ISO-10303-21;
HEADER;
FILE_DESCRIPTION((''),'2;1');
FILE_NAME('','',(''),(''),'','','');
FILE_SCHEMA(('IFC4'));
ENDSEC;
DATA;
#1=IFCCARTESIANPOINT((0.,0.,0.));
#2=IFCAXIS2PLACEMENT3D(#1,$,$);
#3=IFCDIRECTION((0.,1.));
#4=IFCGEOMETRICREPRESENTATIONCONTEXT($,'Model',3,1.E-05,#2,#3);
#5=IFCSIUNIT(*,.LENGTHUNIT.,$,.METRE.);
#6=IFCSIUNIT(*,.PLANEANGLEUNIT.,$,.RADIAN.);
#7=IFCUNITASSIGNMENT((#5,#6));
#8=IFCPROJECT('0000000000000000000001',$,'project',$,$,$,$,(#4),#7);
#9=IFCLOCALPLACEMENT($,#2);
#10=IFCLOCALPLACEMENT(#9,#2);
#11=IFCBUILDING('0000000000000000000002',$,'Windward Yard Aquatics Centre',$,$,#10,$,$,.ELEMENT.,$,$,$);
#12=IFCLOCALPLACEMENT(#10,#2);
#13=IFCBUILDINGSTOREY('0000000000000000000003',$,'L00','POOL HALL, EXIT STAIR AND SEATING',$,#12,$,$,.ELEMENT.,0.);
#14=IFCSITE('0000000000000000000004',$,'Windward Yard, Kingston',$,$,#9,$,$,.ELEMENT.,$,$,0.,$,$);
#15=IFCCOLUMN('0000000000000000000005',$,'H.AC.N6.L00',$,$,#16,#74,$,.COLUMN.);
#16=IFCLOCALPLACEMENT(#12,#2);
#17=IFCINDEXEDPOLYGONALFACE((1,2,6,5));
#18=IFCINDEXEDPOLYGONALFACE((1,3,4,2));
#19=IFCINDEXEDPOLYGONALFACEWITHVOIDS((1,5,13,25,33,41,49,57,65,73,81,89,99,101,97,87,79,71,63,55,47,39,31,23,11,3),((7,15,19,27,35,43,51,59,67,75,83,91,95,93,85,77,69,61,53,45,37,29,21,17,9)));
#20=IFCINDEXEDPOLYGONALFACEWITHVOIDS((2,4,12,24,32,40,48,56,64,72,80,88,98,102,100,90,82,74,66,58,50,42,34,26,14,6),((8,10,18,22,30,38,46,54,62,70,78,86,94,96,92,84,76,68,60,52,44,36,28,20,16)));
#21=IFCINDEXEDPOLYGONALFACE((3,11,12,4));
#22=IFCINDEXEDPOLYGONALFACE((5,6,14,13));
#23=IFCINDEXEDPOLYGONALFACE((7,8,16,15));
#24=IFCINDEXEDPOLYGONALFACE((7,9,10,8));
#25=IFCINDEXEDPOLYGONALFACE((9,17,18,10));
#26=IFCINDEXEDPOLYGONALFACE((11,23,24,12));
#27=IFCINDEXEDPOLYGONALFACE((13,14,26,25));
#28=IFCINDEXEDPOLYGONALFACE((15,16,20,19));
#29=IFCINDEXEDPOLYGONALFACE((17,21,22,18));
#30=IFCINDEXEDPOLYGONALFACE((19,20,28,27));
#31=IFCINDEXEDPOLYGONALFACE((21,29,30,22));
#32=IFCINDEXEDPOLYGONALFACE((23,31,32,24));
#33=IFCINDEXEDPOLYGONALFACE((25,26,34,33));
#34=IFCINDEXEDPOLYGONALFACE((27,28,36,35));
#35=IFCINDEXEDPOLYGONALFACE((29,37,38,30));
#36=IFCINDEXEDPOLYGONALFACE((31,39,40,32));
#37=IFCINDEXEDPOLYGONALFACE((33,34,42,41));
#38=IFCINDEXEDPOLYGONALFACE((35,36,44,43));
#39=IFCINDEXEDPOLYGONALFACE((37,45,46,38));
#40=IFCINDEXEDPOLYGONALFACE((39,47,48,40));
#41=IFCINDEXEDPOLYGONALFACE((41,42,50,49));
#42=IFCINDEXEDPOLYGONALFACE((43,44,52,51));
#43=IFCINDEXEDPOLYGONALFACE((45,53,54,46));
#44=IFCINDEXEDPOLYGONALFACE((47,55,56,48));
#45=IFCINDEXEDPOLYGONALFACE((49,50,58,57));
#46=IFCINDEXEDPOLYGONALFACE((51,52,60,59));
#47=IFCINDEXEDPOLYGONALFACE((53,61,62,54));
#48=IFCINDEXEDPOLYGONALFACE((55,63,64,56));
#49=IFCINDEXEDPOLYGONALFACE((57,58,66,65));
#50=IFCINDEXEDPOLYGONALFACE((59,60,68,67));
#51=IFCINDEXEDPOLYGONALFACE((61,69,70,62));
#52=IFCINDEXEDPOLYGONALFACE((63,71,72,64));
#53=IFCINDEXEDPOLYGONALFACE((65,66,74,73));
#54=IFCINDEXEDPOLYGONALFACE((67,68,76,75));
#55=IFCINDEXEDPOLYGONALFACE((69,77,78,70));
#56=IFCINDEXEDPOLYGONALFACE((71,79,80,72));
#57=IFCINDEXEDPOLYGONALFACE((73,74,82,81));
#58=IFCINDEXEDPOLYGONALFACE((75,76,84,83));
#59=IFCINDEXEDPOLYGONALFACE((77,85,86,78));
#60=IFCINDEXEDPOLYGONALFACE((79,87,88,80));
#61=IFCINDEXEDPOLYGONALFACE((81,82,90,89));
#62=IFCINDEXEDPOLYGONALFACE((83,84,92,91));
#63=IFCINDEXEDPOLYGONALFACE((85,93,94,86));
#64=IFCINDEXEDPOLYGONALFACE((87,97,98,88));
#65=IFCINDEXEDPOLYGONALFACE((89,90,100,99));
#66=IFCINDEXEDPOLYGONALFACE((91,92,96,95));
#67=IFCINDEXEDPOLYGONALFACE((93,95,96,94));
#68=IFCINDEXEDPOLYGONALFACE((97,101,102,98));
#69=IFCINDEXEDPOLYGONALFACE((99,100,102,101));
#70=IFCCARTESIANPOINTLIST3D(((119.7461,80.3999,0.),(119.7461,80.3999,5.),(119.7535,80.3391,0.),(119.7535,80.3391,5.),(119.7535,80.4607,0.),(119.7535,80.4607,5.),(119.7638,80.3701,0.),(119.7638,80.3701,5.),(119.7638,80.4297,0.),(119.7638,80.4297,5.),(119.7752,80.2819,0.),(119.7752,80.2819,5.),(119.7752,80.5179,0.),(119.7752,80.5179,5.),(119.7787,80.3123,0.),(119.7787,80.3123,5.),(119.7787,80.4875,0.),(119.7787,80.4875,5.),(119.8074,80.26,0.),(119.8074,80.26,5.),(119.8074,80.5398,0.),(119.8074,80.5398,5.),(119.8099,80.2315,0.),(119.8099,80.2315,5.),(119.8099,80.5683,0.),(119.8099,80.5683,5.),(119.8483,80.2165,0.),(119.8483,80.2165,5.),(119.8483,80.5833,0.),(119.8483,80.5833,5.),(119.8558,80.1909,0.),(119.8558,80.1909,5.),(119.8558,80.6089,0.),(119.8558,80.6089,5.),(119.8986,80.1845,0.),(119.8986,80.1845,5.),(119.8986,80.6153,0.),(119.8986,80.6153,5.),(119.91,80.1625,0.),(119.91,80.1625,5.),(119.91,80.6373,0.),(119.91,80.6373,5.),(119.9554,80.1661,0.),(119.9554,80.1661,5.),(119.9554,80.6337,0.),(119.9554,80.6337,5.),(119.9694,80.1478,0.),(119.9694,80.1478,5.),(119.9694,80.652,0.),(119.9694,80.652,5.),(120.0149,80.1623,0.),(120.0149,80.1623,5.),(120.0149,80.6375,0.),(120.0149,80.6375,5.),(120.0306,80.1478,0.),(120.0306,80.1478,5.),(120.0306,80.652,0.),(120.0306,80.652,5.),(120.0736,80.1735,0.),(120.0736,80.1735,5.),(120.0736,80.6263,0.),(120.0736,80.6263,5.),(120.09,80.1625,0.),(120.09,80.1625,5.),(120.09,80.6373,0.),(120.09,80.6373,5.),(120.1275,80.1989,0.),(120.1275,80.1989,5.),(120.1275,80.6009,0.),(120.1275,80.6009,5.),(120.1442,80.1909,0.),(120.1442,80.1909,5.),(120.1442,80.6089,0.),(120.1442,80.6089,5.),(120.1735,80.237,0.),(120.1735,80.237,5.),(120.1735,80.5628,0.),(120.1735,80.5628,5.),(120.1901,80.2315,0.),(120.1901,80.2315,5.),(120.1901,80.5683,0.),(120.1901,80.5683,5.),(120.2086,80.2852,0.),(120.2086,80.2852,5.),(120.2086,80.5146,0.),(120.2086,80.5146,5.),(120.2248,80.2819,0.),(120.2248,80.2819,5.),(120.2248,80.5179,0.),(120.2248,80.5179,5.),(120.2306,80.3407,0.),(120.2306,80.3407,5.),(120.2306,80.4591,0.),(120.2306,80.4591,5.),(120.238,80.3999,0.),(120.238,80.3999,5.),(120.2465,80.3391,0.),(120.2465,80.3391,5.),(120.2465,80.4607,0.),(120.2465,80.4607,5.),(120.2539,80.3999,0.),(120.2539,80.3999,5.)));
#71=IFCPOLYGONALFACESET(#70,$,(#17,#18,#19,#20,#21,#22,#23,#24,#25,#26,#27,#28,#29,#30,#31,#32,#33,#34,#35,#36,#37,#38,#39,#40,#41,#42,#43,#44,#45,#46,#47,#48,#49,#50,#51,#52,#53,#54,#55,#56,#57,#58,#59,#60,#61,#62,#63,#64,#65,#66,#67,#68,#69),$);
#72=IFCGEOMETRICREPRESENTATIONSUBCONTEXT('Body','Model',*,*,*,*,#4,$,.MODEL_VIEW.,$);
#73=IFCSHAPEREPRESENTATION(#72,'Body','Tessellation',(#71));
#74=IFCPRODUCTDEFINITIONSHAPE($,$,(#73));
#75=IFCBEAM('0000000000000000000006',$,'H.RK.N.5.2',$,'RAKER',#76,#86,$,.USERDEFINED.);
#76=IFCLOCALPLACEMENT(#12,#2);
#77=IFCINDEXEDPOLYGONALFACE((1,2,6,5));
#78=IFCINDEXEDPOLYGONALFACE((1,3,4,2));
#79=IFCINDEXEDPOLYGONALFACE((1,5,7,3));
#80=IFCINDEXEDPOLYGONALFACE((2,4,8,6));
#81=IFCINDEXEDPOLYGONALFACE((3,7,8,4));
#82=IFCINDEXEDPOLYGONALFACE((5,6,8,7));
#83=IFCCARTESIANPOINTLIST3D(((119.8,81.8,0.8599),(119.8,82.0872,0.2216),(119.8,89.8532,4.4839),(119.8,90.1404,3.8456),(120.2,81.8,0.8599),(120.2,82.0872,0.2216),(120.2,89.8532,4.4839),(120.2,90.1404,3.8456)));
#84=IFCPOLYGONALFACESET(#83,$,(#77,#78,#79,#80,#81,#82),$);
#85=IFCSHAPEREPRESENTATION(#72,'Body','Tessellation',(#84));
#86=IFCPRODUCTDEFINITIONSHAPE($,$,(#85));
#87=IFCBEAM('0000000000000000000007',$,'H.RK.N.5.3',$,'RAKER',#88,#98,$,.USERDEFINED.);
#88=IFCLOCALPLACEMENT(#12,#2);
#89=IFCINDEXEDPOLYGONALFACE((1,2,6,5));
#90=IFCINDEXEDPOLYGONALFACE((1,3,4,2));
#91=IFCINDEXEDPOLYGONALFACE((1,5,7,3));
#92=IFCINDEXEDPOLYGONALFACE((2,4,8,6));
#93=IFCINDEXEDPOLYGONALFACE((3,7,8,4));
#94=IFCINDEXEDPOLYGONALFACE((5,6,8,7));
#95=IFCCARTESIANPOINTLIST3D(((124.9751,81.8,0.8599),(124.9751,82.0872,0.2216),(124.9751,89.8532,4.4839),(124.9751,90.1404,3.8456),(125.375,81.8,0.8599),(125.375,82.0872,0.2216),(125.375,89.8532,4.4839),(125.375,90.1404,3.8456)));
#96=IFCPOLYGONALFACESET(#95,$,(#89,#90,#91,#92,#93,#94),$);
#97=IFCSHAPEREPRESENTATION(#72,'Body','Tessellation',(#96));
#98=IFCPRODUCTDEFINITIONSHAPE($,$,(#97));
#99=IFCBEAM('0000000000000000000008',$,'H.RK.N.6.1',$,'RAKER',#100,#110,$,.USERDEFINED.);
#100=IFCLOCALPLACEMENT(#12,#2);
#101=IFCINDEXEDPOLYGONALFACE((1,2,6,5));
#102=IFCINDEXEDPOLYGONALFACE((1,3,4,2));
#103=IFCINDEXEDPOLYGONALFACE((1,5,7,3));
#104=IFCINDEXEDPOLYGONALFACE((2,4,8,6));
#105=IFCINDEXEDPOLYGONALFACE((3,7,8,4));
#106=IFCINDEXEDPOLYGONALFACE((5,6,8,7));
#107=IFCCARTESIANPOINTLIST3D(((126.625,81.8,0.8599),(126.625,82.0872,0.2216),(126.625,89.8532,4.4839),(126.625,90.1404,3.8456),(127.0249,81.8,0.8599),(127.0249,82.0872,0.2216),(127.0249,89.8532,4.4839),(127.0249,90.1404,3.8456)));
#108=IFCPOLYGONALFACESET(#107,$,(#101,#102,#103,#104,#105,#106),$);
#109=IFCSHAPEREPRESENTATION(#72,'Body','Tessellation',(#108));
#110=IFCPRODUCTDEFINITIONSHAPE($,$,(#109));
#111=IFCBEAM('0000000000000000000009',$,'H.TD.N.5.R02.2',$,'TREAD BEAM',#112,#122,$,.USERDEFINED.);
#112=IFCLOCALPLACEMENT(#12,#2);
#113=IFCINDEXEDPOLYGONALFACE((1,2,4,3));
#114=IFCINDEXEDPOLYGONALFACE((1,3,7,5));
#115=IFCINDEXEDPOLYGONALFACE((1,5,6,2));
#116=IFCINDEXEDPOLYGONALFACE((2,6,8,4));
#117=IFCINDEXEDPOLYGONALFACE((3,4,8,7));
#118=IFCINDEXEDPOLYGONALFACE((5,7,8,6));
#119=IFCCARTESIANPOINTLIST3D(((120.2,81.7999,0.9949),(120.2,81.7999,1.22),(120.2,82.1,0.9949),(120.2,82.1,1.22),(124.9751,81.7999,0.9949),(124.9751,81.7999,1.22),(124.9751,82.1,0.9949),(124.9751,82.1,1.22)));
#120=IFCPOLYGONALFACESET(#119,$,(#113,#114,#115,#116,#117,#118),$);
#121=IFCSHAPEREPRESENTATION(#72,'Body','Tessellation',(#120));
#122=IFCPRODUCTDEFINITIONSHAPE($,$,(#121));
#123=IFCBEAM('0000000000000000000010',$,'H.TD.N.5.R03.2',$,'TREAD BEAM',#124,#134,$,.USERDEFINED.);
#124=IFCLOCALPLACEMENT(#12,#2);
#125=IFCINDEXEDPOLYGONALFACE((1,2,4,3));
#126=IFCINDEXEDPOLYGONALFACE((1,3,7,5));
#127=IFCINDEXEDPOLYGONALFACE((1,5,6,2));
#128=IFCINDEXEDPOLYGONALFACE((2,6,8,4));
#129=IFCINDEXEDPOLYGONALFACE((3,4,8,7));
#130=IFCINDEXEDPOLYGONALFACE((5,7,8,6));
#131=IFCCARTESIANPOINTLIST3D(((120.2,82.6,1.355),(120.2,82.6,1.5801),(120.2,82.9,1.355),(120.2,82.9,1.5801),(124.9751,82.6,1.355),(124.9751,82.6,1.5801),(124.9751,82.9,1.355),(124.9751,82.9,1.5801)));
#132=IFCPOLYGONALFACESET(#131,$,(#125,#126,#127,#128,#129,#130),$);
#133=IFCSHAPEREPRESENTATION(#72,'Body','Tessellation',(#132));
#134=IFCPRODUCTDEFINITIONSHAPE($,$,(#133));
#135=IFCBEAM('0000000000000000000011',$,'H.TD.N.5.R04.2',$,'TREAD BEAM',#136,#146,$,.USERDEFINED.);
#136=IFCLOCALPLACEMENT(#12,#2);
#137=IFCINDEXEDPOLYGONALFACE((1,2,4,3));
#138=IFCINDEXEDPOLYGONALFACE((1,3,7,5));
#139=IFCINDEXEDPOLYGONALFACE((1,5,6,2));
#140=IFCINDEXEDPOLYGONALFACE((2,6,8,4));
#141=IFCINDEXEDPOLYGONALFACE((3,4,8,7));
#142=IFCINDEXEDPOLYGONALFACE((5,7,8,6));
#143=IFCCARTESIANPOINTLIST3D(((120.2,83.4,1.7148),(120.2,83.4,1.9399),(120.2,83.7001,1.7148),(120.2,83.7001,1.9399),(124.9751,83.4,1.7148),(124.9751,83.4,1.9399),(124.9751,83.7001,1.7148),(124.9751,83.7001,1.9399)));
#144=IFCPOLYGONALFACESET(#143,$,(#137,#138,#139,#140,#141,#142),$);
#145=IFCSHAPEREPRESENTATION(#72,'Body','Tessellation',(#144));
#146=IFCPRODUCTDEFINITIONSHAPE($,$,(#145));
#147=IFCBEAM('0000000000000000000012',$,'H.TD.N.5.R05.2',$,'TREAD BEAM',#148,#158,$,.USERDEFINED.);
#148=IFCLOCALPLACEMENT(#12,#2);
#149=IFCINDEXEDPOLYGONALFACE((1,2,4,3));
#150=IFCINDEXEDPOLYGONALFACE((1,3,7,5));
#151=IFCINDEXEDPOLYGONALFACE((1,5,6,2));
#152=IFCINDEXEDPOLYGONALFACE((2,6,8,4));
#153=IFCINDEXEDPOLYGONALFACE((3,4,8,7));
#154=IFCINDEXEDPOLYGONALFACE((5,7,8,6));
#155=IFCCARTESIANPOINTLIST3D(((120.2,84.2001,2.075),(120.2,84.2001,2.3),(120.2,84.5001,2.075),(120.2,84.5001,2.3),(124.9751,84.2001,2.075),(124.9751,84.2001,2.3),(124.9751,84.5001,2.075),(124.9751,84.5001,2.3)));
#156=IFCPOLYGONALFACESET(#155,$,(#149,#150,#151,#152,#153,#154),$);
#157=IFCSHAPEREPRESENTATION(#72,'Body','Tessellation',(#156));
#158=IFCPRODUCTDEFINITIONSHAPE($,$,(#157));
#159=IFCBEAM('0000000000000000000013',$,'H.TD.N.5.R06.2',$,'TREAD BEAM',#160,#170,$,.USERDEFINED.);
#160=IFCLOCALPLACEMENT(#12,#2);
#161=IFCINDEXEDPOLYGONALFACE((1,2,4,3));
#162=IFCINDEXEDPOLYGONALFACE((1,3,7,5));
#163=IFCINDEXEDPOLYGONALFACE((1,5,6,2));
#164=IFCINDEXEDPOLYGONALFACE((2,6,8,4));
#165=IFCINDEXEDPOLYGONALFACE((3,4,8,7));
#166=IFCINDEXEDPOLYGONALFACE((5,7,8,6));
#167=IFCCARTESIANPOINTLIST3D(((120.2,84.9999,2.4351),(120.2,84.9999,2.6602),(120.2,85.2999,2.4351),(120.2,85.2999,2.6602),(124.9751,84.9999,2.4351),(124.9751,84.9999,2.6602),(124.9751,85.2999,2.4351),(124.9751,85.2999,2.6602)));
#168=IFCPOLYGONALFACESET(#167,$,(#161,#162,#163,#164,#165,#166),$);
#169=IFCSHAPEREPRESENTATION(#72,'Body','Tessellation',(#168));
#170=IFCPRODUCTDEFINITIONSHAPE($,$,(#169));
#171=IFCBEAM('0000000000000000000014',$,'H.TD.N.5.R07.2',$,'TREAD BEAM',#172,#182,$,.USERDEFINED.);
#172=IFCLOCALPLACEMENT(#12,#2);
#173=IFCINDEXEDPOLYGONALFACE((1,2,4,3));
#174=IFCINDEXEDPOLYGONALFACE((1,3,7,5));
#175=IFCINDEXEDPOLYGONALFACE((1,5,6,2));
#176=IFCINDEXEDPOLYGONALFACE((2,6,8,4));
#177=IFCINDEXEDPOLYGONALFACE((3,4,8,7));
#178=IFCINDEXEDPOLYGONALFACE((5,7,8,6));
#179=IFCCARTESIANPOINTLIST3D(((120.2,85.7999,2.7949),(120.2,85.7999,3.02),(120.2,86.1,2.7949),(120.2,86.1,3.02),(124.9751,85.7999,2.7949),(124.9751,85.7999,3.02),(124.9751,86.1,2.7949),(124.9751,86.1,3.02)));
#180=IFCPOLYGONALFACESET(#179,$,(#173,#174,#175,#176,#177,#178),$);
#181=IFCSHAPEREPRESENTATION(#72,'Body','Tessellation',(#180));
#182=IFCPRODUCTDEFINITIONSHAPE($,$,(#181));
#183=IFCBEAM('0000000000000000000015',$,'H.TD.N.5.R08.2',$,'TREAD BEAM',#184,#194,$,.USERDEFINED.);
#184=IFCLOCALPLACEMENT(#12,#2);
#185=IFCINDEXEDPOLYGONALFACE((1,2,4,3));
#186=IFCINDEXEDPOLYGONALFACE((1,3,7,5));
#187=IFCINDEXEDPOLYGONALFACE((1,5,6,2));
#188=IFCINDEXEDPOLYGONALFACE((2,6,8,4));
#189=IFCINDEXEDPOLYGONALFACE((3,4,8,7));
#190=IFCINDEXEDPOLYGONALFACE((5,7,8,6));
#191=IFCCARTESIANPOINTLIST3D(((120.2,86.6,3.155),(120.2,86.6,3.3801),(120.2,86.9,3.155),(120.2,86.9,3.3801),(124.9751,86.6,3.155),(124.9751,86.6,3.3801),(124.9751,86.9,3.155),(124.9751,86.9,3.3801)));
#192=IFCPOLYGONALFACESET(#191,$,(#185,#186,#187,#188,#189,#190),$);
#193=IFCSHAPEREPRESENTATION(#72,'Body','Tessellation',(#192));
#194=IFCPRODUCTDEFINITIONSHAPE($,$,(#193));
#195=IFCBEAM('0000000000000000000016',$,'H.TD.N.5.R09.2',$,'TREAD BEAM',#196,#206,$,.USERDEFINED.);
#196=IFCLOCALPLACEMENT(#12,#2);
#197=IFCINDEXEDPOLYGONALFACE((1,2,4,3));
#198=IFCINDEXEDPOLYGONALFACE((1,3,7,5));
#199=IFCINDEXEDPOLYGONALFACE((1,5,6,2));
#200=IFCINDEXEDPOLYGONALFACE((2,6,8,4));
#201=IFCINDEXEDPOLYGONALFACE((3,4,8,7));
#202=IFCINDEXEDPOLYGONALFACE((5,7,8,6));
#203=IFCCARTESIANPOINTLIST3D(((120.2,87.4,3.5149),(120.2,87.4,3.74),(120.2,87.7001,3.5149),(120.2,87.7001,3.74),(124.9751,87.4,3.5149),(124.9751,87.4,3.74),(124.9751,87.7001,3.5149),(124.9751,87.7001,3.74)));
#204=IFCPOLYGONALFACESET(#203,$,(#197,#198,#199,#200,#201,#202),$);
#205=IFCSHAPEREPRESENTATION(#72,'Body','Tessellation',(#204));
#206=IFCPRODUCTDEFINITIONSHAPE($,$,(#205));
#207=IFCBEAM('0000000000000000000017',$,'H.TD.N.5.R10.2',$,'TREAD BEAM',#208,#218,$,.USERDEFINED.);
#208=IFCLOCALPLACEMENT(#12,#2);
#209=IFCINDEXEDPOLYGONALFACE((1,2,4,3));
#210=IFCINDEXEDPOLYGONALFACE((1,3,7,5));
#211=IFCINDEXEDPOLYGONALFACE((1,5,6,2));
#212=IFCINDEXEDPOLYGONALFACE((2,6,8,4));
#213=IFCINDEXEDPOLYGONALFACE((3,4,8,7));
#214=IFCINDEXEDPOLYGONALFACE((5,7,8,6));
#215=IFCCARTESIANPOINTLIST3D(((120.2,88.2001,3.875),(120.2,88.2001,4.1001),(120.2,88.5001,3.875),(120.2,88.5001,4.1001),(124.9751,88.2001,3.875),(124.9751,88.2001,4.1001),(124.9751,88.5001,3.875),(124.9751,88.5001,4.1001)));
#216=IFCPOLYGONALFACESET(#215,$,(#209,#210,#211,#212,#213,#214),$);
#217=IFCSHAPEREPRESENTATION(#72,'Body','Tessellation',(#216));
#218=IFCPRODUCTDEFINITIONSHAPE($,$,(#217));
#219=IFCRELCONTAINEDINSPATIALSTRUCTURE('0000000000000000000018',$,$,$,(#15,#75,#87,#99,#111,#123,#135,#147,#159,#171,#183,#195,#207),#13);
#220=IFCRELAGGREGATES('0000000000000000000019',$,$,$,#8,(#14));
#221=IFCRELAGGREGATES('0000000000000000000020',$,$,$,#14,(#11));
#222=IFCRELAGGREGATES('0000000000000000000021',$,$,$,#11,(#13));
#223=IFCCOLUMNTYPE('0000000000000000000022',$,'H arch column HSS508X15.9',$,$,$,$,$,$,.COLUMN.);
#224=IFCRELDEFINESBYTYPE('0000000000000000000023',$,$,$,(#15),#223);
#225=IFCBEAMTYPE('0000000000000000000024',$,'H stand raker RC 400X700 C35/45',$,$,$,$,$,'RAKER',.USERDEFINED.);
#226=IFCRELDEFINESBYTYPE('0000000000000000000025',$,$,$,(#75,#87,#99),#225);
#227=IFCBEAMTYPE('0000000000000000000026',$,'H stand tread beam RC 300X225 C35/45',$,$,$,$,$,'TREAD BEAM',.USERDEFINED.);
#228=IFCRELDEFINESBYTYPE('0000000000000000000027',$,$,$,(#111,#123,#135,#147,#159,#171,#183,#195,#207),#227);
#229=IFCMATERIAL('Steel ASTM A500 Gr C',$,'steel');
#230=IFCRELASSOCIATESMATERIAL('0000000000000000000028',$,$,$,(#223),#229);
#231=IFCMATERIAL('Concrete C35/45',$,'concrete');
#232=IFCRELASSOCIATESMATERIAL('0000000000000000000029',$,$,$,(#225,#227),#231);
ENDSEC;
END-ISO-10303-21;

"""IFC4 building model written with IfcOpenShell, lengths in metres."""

from ifc_helpers import new_model, si_unit, direction, frame, origin, origin_2d, place, context, subcontext, project, spatial, rectangle, hollow_circle, extrude, material, material_profile, profile_set, type_object, element, save


model = new_model("IFC4")

# Units and contexts
model_context = context("Model", 3, precision=1e-05, world=origin(), true_north=direction((0.0, 1.0)))
body_context = subcontext(model_context, "Body", "Model", "MODEL_VIEW")
ifc_project = project(units=[si_unit("LENGTHUNIT", "METRE"), si_unit("PLANEANGLEUNIT", "RADIAN")], contexts=[model_context])

# Site, building, storey
site_placement = place(None, origin())
site = spatial("IfcSite", under=ifc_project, at=site_placement, Name="Windward Yard, Kingston", CompositionType="ELEMENT", RefElevation=0.0)
building_placement = place(site_placement, origin())
building = spatial("IfcBuilding", under=site, at=building_placement, Name="Windward Yard Aquatics Centre", CompositionType="ELEMENT")
storey_placement = place(building_placement, origin())
storey = spatial("IfcBuildingStorey", under=building, at=storey_placement, Name="L00", Description="POOL HALL, EXIT STAIR AND SEATING", CompositionType="ELEMENT", Elevation=0.0)

# Shared definitions
ifc_material_1 = material(Name="Concrete C35/45", Category="concrete")

# Column
ifc_material_2 = material(Name="Steel ASTM A500 Gr C", Category="steel")
ifc_material_profile_1 = material_profile(ifc_material_2, hollow_circle(Radius=0.2539, WallThickness=0.0159, at=origin_2d()), Name="HSS508X15.9")
ifc_profile_set_1 = profile_set([ifc_material_profile_1], Name="Steel ASTM A500 Gr C")
column_type = type_object("IfcColumnType", Name="H arch column HSS508X15.9", PredefinedType="COLUMN", material=ifc_profile_set_1)
column_placement = place(storey_placement, frame((120.0, 80.3999, 0.0), z_axis=(0.0, 0.0, 1.0), x_axis=(1.0, 0.0, 0.0)))
element("IfcColumn", 1, at=column_placement, inside=storey, type_object=column_type, Name="H.AC.N6.L00", PredefinedType="COLUMN", context=body_context, shape_type="SweptSolid", body=[
    extrude(hollow_circle(Radius=0.2539, WallThickness=0.0159, at=origin_2d()), origin(), (0.0, 0.0, 1.0), 5.0),
])

# Beams
ifc_material_profile_2 = material_profile(ifc_material_1, rectangle(XDim=0.3999, YDim=0.7, at=origin_2d()), Name="RC 400X700")
ifc_profile_set_2 = profile_set([ifc_material_profile_2], Name="Concrete C35/45")
beam_type_1 = type_object("IfcBeamType", Name="H stand raker RC 400X700 C35/45", ElementType="RAKER", PredefinedType="USERDEFINED", material=ifc_profile_set_2)
for number, where, z_axis, x_axis, name in (
    (2, (120.0, 81.9436, 0.5408), (0.0, 0.911918, 0.410372), (-1.0, 0.0, 0.0), "H.RK.N.5.2"),
    (3, (125.175, 81.9436, 0.5408), (0.0, 0.911918, 0.410372), (-1.0, 0.0, 0.0), "H.RK.N.5.3"),
    (4, (126.825, 81.9436, 0.5408), (0.0, 0.911918, 0.410372), (-1.0, 0.0, 0.0), "H.RK.N.6.1"),
):
    element("IfcBeam", number, at=place(storey_placement, frame(where, z_axis=z_axis, x_axis=x_axis)), inside=storey, type_object=beam_type_1, Name=name, ObjectType="RAKER", PredefinedType="USERDEFINED", context=body_context, shape_type="SweptSolid", body=[
        extrude(rectangle(XDim=0.3999, YDim=0.7, at=origin_2d()), origin(), (0.0, 0.0, 1.0), 8.8311),
    ])
ifc_material_profile_3 = material_profile(ifc_material_1, rectangle(XDim=0.3, YDim=0.2251, at=origin_2d()), Name="RC 300X225")
ifc_profile_set_3 = profile_set([ifc_material_profile_3], Name="Concrete C35/45")
beam_type_2 = type_object("IfcBeamType", Name="H stand tread beam RC 300X225 C35/45", ElementType="TREAD BEAM", PredefinedType="USERDEFINED", material=ifc_profile_set_3)
for number, where, z_axis, x_axis, name in (
    (5, (120.2, 81.95, 1.1074), (1.0, 0.0, 0.0), (0.0, 1.0, 0.0), "H.TD.N.5.R02.2"),
    (6, (120.2, 82.75, 1.4675), (1.0, 0.0, 0.0), (0.0, 1.0, 0.0), "H.TD.N.5.R03.2"),
    (7, (120.2, 83.55, 1.8274), (1.0, 0.0, 0.0), (0.0, 1.0, 0.0), "H.TD.N.5.R04.2"),
    (8, (120.2, 84.3501, 2.1875), (1.0, 0.0, 0.0), (0.0, 1.0, 0.0), "H.TD.N.5.R05.2"),
    (9, (120.2, 85.1499, 2.5476), (1.0, 0.0, 0.0), (0.0, 1.0, 0.0), "H.TD.N.5.R06.2"),
    (10, (120.2, 85.95, 2.9075), (1.0, 0.0, 0.0), (0.0, 1.0, 0.0), "H.TD.N.5.R07.2"),
    (11, (120.2, 86.75, 3.2676), (1.0, 0.0, 0.0), (0.0, 1.0, 0.0), "H.TD.N.5.R08.2"),
    (12, (120.2, 87.55, 3.6274), (1.0, 0.0, 0.0), (0.0, 1.0, 0.0), "H.TD.N.5.R09.2"),
    (13, (120.2, 88.3501, 3.9875), (1.0, 0.0, 0.0), (0.0, 1.0, 0.0), "H.TD.N.5.R10.2"),
):
    element("IfcBeam", number, at=place(storey_placement, frame(where, z_axis=z_axis, x_axis=x_axis)), inside=storey, type_object=beam_type_2, Name=name, ObjectType="TREAD BEAM", PredefinedType="USERDEFINED", context=body_context, shape_type="SweptSolid", body=[
        extrude(rectangle(XDim=0.3, YDim=0.2251, at=origin_2d()), origin(), (0.0, 0.0, 1.0), 4.7751),
    ])

save(model, "model.ifc")
